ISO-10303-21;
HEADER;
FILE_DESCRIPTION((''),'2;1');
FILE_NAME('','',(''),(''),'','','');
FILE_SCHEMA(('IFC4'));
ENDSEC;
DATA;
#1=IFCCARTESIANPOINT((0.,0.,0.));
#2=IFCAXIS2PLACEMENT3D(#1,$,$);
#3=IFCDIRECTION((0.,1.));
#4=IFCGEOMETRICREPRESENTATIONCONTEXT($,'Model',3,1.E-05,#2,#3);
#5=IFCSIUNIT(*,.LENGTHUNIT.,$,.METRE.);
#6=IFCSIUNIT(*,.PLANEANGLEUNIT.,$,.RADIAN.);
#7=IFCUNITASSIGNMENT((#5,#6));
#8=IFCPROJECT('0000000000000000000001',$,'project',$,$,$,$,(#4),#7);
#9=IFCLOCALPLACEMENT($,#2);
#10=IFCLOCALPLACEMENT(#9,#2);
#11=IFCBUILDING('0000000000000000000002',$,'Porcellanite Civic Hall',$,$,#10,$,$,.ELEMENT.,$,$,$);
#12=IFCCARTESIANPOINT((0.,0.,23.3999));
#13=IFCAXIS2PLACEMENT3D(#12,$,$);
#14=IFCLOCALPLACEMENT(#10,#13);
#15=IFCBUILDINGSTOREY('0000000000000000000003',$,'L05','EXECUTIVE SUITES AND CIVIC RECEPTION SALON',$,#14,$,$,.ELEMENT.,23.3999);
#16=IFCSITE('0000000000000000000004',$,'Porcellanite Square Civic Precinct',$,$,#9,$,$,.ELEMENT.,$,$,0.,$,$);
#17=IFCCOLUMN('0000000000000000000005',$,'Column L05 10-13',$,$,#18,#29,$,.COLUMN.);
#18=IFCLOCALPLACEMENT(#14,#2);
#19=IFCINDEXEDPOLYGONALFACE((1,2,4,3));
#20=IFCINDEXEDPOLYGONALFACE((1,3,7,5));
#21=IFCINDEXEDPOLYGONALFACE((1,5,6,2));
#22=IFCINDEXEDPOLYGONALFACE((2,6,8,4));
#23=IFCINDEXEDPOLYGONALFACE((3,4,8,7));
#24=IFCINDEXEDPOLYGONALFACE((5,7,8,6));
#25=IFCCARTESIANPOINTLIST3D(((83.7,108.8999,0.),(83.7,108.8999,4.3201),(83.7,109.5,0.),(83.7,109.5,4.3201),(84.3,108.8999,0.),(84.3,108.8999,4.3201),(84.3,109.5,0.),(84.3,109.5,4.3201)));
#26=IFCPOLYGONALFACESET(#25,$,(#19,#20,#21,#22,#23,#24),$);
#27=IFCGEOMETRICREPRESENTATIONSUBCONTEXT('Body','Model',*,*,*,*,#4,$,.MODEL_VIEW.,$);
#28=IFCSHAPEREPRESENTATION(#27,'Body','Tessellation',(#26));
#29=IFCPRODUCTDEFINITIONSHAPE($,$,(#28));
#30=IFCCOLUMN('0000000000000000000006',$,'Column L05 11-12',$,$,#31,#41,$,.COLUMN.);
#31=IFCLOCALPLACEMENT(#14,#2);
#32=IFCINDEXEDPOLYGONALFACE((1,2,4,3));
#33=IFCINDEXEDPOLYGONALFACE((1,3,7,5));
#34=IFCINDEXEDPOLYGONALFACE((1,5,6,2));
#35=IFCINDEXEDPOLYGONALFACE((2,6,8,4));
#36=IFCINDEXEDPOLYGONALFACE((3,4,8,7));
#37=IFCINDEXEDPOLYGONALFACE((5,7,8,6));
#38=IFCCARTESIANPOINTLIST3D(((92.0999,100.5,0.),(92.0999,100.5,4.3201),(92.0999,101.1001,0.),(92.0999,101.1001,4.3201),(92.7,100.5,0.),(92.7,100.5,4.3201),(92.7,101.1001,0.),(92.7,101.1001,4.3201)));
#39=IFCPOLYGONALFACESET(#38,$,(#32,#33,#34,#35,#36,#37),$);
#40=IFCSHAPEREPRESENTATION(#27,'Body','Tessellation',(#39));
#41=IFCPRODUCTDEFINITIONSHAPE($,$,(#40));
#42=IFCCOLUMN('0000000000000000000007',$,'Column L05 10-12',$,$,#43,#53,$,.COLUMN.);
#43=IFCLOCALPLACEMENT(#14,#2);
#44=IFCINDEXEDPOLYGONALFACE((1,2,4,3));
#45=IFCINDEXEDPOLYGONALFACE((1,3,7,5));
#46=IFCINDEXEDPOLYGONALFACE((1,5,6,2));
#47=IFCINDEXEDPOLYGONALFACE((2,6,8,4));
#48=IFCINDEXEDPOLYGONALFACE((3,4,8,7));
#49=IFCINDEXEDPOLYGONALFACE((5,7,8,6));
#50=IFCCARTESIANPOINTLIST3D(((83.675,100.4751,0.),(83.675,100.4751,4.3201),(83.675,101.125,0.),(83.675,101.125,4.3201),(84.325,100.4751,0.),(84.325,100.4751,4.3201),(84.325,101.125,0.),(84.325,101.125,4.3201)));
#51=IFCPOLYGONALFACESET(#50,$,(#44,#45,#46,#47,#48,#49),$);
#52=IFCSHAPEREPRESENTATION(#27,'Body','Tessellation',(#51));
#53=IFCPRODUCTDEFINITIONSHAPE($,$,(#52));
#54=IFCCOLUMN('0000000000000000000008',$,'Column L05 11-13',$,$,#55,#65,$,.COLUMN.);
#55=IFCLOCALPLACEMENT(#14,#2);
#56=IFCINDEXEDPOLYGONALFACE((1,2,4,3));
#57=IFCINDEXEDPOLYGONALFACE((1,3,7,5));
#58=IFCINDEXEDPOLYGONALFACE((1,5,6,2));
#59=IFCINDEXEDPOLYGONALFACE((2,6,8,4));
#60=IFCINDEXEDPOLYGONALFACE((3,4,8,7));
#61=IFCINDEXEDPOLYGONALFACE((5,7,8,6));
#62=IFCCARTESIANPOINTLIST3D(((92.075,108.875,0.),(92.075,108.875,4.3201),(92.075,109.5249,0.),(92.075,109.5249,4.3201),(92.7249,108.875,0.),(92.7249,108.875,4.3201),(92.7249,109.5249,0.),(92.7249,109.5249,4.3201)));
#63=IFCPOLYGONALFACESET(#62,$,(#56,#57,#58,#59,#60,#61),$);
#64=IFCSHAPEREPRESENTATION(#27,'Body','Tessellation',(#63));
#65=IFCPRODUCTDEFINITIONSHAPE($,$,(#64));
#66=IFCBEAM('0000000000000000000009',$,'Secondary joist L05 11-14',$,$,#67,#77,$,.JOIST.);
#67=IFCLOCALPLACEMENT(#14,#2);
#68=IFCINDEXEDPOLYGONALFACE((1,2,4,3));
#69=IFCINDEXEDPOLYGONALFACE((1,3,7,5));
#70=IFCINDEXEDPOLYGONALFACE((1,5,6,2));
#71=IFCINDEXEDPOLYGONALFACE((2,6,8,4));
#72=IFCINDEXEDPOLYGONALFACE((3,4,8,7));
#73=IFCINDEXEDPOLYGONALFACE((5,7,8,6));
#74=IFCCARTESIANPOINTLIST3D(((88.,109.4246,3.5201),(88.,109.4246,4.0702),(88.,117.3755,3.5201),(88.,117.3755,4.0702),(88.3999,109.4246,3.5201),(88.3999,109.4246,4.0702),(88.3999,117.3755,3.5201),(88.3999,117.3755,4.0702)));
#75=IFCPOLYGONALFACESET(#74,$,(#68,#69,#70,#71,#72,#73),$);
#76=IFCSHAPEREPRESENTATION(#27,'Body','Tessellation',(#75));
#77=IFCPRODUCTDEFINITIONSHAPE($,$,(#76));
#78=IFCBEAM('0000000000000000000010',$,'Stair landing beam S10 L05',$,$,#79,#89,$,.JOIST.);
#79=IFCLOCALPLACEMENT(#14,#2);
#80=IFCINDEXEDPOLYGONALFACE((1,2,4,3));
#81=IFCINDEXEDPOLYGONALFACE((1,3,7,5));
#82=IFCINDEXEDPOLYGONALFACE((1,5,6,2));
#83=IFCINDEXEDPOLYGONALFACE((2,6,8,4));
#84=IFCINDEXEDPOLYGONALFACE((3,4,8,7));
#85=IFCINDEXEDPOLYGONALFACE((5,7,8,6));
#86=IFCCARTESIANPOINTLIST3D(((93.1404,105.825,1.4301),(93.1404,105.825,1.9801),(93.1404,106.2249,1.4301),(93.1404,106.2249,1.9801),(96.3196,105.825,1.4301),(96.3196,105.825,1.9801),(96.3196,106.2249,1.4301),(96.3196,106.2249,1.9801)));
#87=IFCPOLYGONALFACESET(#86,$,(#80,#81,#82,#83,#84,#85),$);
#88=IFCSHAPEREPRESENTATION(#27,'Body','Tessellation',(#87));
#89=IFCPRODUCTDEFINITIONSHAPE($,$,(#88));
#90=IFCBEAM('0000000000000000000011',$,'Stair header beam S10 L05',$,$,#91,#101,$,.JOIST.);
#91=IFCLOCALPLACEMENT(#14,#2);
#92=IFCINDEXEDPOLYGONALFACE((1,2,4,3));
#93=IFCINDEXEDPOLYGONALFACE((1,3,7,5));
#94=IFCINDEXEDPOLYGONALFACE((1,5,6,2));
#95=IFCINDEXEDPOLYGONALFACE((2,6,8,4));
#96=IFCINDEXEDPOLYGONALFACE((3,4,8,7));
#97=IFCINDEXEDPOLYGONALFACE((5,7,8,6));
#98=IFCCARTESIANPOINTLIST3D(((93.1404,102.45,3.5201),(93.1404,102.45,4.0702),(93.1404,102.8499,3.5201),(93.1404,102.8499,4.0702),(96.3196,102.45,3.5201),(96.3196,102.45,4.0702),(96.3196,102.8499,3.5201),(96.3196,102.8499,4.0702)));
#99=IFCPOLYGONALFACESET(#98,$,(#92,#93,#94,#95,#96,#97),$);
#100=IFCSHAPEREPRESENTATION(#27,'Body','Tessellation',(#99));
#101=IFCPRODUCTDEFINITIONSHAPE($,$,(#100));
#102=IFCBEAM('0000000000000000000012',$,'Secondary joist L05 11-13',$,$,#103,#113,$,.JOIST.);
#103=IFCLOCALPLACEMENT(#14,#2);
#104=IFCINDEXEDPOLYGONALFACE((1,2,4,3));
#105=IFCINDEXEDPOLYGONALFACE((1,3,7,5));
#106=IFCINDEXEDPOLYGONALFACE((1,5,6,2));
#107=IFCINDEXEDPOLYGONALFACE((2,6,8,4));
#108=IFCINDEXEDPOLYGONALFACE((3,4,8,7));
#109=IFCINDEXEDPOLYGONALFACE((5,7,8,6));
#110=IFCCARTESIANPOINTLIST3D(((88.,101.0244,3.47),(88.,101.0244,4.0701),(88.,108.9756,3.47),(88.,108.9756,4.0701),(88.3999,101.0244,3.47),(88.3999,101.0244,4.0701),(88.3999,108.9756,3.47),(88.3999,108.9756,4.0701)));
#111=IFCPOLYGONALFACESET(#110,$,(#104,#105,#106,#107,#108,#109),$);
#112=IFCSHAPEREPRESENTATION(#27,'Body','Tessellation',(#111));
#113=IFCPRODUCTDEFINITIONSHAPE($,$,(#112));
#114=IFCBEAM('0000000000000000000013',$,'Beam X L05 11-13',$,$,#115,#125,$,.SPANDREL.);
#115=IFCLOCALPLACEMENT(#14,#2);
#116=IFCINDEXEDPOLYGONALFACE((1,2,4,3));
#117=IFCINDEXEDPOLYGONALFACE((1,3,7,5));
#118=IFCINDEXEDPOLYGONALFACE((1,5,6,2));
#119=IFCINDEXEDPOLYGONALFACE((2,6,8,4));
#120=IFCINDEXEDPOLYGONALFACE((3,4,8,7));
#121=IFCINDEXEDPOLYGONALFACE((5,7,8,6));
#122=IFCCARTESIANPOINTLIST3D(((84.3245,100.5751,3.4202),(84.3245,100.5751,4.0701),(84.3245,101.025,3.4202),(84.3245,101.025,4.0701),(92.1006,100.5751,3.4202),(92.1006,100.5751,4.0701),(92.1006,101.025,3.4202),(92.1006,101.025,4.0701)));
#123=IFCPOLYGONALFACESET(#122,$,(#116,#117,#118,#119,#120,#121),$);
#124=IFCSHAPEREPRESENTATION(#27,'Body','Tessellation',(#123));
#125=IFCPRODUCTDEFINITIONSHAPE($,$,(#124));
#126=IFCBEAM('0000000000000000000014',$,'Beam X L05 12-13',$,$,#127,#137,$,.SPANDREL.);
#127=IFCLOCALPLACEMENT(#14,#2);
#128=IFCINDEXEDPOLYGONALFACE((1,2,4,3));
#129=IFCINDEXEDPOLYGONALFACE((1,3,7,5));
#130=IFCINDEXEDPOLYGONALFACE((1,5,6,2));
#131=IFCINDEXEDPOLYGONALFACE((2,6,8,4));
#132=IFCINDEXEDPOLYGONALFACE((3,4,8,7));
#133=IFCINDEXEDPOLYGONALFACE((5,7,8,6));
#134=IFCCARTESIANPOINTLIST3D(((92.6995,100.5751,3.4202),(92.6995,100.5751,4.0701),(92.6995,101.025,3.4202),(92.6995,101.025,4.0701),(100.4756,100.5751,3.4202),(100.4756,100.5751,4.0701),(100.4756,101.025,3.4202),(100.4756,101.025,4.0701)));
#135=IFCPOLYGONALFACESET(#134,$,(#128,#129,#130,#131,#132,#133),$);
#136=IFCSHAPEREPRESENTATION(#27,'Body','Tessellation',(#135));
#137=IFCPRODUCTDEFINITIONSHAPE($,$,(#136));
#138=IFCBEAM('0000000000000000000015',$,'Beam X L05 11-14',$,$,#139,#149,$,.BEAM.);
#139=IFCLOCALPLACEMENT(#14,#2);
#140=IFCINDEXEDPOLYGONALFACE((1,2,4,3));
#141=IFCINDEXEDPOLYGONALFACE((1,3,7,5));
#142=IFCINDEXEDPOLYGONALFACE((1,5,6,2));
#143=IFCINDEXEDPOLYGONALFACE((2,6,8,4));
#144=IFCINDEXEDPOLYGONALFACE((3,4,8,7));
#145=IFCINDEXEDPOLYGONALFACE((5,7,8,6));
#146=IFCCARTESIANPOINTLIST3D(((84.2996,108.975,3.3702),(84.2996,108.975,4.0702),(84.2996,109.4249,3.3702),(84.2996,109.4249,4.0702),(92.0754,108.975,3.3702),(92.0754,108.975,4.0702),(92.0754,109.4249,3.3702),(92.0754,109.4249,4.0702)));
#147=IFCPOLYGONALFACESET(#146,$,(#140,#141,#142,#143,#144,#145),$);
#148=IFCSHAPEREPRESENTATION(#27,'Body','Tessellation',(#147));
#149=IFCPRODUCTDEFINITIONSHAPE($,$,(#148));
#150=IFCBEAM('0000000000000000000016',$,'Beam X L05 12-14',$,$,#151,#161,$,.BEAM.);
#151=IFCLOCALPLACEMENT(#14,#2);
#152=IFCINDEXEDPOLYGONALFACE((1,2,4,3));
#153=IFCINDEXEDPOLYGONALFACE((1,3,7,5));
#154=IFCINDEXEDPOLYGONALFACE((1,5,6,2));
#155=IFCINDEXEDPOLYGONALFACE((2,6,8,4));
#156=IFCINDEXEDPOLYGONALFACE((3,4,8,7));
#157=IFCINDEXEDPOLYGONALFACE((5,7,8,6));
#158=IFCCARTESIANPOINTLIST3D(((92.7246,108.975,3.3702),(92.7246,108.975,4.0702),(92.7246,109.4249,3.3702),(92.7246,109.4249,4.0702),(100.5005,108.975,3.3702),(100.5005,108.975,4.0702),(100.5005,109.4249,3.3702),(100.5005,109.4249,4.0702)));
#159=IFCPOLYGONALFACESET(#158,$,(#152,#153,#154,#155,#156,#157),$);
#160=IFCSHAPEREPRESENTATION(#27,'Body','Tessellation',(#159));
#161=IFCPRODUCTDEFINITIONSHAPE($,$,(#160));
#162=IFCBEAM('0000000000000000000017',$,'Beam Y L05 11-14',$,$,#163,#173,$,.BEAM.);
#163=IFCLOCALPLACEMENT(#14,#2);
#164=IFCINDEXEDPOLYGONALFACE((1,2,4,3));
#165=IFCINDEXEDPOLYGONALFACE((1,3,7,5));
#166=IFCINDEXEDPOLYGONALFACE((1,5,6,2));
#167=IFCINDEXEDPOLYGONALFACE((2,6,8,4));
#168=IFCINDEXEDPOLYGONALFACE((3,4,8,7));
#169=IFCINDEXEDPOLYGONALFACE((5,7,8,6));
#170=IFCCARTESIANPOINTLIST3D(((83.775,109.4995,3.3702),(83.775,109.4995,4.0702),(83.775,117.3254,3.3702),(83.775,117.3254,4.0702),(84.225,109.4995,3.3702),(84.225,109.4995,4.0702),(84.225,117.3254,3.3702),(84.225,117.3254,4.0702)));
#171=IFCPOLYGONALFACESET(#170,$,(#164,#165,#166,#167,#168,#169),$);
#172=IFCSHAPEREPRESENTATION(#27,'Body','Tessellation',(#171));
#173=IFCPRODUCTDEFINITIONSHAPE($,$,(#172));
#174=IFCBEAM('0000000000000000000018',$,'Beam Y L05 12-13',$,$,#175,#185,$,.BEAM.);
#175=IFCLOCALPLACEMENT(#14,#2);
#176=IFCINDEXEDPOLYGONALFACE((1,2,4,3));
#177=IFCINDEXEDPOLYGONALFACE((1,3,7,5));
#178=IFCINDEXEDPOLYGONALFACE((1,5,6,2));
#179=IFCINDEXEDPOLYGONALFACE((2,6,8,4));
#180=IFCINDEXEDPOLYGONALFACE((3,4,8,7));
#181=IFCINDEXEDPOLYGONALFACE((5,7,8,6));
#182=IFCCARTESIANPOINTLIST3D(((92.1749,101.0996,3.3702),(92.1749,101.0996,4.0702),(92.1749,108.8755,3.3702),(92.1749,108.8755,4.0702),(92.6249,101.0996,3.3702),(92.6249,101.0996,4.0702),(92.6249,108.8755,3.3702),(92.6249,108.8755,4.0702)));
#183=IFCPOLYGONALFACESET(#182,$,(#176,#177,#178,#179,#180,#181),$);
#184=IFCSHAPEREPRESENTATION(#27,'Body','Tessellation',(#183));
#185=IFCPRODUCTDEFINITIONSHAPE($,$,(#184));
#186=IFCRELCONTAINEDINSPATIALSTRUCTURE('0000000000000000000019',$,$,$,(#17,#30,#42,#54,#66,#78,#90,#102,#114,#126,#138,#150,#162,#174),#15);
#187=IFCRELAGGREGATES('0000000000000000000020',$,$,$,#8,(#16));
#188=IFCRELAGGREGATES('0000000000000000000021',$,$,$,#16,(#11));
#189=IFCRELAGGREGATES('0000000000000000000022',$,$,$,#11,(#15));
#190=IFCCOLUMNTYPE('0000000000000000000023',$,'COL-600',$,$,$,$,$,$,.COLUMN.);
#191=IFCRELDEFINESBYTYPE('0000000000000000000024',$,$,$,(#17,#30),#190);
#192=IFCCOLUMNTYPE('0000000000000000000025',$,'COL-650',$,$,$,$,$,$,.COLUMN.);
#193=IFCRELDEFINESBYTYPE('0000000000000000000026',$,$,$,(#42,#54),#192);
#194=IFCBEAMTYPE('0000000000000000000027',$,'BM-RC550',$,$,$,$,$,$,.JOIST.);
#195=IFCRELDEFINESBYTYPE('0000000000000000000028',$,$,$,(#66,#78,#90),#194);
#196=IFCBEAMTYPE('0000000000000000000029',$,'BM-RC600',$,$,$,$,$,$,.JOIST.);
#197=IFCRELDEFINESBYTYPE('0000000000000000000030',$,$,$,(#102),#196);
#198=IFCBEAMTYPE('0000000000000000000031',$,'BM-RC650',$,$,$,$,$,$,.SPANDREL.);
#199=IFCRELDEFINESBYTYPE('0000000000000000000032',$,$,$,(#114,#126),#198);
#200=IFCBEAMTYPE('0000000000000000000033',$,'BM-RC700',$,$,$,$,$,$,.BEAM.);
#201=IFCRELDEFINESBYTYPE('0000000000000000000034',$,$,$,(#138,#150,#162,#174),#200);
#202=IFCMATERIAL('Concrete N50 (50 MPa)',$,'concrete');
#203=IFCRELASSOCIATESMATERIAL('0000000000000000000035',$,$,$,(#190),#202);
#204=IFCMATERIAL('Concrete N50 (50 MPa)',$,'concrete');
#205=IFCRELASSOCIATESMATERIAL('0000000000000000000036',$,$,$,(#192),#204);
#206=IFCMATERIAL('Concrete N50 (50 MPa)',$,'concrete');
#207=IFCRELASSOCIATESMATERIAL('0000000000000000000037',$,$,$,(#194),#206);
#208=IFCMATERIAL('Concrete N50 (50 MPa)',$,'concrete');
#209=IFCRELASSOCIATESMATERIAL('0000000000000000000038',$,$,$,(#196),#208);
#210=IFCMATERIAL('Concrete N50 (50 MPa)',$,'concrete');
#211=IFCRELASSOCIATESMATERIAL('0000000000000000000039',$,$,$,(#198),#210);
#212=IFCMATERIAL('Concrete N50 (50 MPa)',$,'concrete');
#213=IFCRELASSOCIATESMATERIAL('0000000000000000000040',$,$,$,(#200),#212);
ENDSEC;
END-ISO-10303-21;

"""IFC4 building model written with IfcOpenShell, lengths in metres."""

from ifc_helpers import new_model, si_unit, direction, frame, origin, origin_2d, place, context, subcontext, project, spatial, rectangle, extrude, material, material_profile, profile_set, type_object, element, save


model = new_model("IFC4")

# Units and contexts
model_context = context("Model", 3, precision=1e-05, world=origin(), true_north=direction((0.0, 1.0)))
body_context = subcontext(model_context, "Body", "Model", "MODEL_VIEW")
ifc_project = project(units=[si_unit("LENGTHUNIT", "METRE"), si_unit("PLANEANGLEUNIT", "RADIAN")], contexts=[model_context])

# Site, building, storey
site_placement = place(None, origin())
site = spatial("IfcSite", under=ifc_project, at=site_placement, Name="Porcellanite Square Civic Precinct", CompositionType="ELEMENT", RefElevation=0.0)
building_placement = place(site_placement, origin())
building = spatial("IfcBuilding", under=site, at=building_placement, Name="Porcellanite Civic Hall", CompositionType="ELEMENT")
storey_placement = place(building_placement, frame((0.0, 0.0, 23.3999)))
storey = spatial("IfcBuildingStorey", under=building, at=storey_placement, Name="L05", Description="EXECUTIVE SUITES AND CIVIC RECEPTION SALON", CompositionType="ELEMENT", Elevation=23.3999)

# Columns
ifc_material_1 = material(Name="Concrete N50 (50 MPa)", Category="concrete")
ifc_material_profile_1 = material_profile(ifc_material_1, rectangle(XDim=0.6001, YDim=0.6001, at=origin_2d()), Name="RC-600x600")
ifc_profile_set_1 = profile_set([ifc_material_profile_1], Name="Concrete N50 (50 MPa)")
column_type_1 = type_object("IfcColumnType", Name="COL-600", PredefinedType="COLUMN", material=ifc_profile_set_1)
for number, where, z_axis, x_axis, name in (
    (1, (84.0, 109.2, 0.0), (0.0, 0.0, 1.0), (1.0, 0.0, 0.0), "Column L05 10-13"),
    (2, (92.3999, 100.8, 0.0), (0.0, 0.0, 1.0), (1.0, 0.0, 0.0), "Column L05 11-12"),
):
    element("IfcColumn", number, at=place(storey_placement, frame(where, z_axis=z_axis, x_axis=x_axis)), inside=storey, type_object=column_type_1, Name=name, PredefinedType="COLUMN", context=body_context, shape_type="SweptSolid", body=[
        extrude(rectangle(XDim=0.6001, YDim=0.6001, at=origin_2d()), origin(), (0.0, 0.0, 1.0), 4.3201),
    ])
ifc_material_2 = material(Name="Concrete N50 (50 MPa)", Category="concrete")
ifc_material_profile_2 = material_profile(ifc_material_2, rectangle(XDim=0.6499, YDim=0.6499, at=origin_2d()), Name="RC-650x650")
ifc_profile_set_2 = profile_set([ifc_material_profile_2], Name="Concrete N50 (50 MPa)")
column_type_2 = type_object("IfcColumnType", Name="COL-650", PredefinedType="COLUMN", material=ifc_profile_set_2)
for number, where, z_axis, x_axis, name in (
    (3, (84.0, 100.8, 0.0), (0.0, 0.0, 1.0), (1.0, 0.0, 0.0), "Column L05 10-12"),
    (4, (92.3999, 109.2, 0.0), (0.0, 0.0, 1.0), (1.0, 0.0, 0.0), "Column L05 11-13"),
):
    element("IfcColumn", number, at=place(storey_placement, frame(where, z_axis=z_axis, x_axis=x_axis)), inside=storey, type_object=column_type_2, Name=name, PredefinedType="COLUMN", context=body_context, shape_type="SweptSolid", body=[
        extrude(rectangle(XDim=0.6499, YDim=0.6499, at=origin_2d()), origin(), (0.0, 0.0, 1.0), 4.3201),
    ])

# Beams
ifc_material_3 = material(Name="Concrete N50 (50 MPa)", Category="concrete")
ifc_material_profile_3 = material_profile(ifc_material_3, rectangle(XDim=0.3999, YDim=0.55, at=origin_2d()), Name="RC-400x550")
ifc_profile_set_3 = profile_set([ifc_material_profile_3], Name="Concrete N50 (50 MPa)")
beam_type_1 = type_object("IfcBeamType", Name="BM-RC550", PredefinedType="JOIST", material=ifc_profile_set_3)
beam_1_placement = place(storey_placement, frame((88.2, 109.4246, 3.7952), z_axis=(0.0, 1.0, 0.0), x_axis=(-1.0, 0.0, 0.0)))
element("IfcBeam", 5, at=beam_1_placement, inside=storey, type_object=beam_type_1, Name="Secondary joist L05 11-14", PredefinedType="JOIST", context=body_context, shape_type="SweptSolid", body=[
    extrude(rectangle(XDim=0.3999, YDim=0.55, at=origin_2d()), origin(), (0.0, 0.0, 1.0), 7.9509),
])
for number, where, z_axis, x_axis, name in (
    (6, (93.1404, 106.0249, 1.7051), (1.0, 0.0, 0.0), (0.0, 1.0, 0.0), "Stair landing beam S10 L05"),
    (7, (93.1404, 102.6499, 3.7952), (1.0, 0.0, 0.0), (0.0, 1.0, 0.0), "Stair header beam S10 L05"),
):
    element("IfcBeam", number, at=place(storey_placement, frame(where, z_axis=z_axis, x_axis=x_axis)), inside=storey, type_object=beam_type_1, Name=name, PredefinedType="JOIST", context=body_context, shape_type="SweptSolid", body=[
        extrude(rectangle(XDim=0.3999, YDim=0.55, at=origin_2d()), origin(), (0.0, 0.0, 1.0), 3.1792),
    ])
ifc_material_4 = material(Name="Concrete N50 (50 MPa)", Category="concrete")
ifc_material_profile_4 = material_profile(ifc_material_4, rectangle(XDim=0.3999, YDim=0.6001, at=origin_2d()), Name="RC-400x600")
ifc_profile_set_4 = profile_set([ifc_material_profile_4], Name="Concrete N50 (50 MPa)")
beam_type_2 = type_object("IfcBeamType", Name="BM-RC600", PredefinedType="JOIST", material=ifc_profile_set_4)
beam_2_placement = place(storey_placement, frame((88.2, 101.0244, 3.77), z_axis=(0.0, 1.0, 0.0), x_axis=(-1.0, 0.0, 0.0)))
element("IfcBeam", 8, at=beam_2_placement, inside=storey, type_object=beam_type_2, Name="Secondary joist L05 11-13", PredefinedType="JOIST", context=body_context, shape_type="SweptSolid", body=[
    extrude(rectangle(XDim=0.3999, YDim=0.6001, at=origin_2d()), origin(), (0.0, 0.0, 1.0), 7.9512),
])
ifc_material_5 = material(Name="Concrete N50 (50 MPa)", Category="concrete")
ifc_material_profile_5 = material_profile(ifc_material_5, rectangle(XDim=0.45, YDim=0.6499, at=origin_2d()), Name="RC-450x650")
ifc_profile_set_5 = profile_set([ifc_material_profile_5], Name="Concrete N50 (50 MPa)")
beam_type_3 = type_object("IfcBeamType", Name="BM-RC650", PredefinedType="SPANDREL", material=ifc_profile_set_5)
for number, where, z_axis, x_axis, name in (
    (9, (84.3245, 100.8, 3.7451), (1.0, 0.0, 0.0), (0.0, 1.0, 0.0), "Beam X L05 11-13"),
    (10, (92.6995, 100.8, 3.7451), (1.0, 0.0, 0.0), (0.0, 1.0, 0.0), "Beam X L05 12-13"),
):
    element("IfcBeam", number, at=place(storey_placement, frame(where, z_axis=z_axis, x_axis=x_axis)), inside=storey, type_object=beam_type_3, Name=name, PredefinedType="SPANDREL", context=body_context, shape_type="SweptSolid", body=[
        extrude(rectangle(XDim=0.45, YDim=0.6499, at=origin_2d()), origin(), (0.0, 0.0, 1.0), 7.7761),
    ])
ifc_material_6 = material(Name="Concrete N50 (50 MPa)", Category="concrete")
ifc_material_profile_6 = material_profile(ifc_material_6, rectangle(XDim=0.45, YDim=0.7, at=origin_2d()), Name="RC-450x700")
ifc_profile_set_6 = profile_set([ifc_material_profile_6], Name="Concrete N50 (50 MPa)")
beam_type_4 = type_object("IfcBeamType", Name="BM-RC700", PredefinedType="BEAM", material=ifc_profile_set_6)
for number, where, z_axis, x_axis, name in (
    (11, (84.2996, 109.2, 3.7202), (1.0, 0.0, 0.0), (0.0, 1.0, 0.0), "Beam X L05 11-14"),
    (12, (92.7246, 109.2, 3.7202), (1.0, 0.0, 0.0), (0.0, 1.0, 0.0), "Beam X L05 12-14"),
):
    element("IfcBeam", number, at=place(storey_placement, frame(where, z_axis=z_axis, x_axis=x_axis)), inside=storey, type_object=beam_type_4, Name=name, PredefinedType="BEAM", context=body_context, shape_type="SweptSolid", body=[
        extrude(rectangle(XDim=0.45, YDim=0.7, at=origin_2d()), origin(), (0.0, 0.0, 1.0), 7.7759),
    ])
beam_3_placement = place(storey_placement, frame((84.0, 109.4995, 3.7202), z_axis=(0.0, 1.0, 0.0), x_axis=(-1.0, 0.0, 0.0)))
element("IfcBeam", 13, at=beam_3_placement, inside=storey, type_object=beam_type_4, Name="Beam Y L05 11-14", PredefinedType="BEAM", context=body_context, shape_type="SweptSolid", body=[
    extrude(rectangle(XDim=0.45, YDim=0.7, at=origin_2d()), origin(), (0.0, 0.0, 1.0), 7.8259),
])
beam_4_placement = place(storey_placement, frame((92.3999, 101.0996, 3.7202), z_axis=(0.0, 1.0, 0.0), x_axis=(-1.0, 0.0, 0.0)))
element("IfcBeam", 14, at=beam_4_placement, inside=storey, type_object=beam_type_4, Name="Beam Y L05 12-13", PredefinedType="BEAM", context=body_context, shape_type="SweptSolid", body=[
    extrude(rectangle(XDim=0.45, YDim=0.7, at=origin_2d()), origin(), (0.0, 0.0, 1.0), 7.7759),
])

save(model, "model.ifc")
